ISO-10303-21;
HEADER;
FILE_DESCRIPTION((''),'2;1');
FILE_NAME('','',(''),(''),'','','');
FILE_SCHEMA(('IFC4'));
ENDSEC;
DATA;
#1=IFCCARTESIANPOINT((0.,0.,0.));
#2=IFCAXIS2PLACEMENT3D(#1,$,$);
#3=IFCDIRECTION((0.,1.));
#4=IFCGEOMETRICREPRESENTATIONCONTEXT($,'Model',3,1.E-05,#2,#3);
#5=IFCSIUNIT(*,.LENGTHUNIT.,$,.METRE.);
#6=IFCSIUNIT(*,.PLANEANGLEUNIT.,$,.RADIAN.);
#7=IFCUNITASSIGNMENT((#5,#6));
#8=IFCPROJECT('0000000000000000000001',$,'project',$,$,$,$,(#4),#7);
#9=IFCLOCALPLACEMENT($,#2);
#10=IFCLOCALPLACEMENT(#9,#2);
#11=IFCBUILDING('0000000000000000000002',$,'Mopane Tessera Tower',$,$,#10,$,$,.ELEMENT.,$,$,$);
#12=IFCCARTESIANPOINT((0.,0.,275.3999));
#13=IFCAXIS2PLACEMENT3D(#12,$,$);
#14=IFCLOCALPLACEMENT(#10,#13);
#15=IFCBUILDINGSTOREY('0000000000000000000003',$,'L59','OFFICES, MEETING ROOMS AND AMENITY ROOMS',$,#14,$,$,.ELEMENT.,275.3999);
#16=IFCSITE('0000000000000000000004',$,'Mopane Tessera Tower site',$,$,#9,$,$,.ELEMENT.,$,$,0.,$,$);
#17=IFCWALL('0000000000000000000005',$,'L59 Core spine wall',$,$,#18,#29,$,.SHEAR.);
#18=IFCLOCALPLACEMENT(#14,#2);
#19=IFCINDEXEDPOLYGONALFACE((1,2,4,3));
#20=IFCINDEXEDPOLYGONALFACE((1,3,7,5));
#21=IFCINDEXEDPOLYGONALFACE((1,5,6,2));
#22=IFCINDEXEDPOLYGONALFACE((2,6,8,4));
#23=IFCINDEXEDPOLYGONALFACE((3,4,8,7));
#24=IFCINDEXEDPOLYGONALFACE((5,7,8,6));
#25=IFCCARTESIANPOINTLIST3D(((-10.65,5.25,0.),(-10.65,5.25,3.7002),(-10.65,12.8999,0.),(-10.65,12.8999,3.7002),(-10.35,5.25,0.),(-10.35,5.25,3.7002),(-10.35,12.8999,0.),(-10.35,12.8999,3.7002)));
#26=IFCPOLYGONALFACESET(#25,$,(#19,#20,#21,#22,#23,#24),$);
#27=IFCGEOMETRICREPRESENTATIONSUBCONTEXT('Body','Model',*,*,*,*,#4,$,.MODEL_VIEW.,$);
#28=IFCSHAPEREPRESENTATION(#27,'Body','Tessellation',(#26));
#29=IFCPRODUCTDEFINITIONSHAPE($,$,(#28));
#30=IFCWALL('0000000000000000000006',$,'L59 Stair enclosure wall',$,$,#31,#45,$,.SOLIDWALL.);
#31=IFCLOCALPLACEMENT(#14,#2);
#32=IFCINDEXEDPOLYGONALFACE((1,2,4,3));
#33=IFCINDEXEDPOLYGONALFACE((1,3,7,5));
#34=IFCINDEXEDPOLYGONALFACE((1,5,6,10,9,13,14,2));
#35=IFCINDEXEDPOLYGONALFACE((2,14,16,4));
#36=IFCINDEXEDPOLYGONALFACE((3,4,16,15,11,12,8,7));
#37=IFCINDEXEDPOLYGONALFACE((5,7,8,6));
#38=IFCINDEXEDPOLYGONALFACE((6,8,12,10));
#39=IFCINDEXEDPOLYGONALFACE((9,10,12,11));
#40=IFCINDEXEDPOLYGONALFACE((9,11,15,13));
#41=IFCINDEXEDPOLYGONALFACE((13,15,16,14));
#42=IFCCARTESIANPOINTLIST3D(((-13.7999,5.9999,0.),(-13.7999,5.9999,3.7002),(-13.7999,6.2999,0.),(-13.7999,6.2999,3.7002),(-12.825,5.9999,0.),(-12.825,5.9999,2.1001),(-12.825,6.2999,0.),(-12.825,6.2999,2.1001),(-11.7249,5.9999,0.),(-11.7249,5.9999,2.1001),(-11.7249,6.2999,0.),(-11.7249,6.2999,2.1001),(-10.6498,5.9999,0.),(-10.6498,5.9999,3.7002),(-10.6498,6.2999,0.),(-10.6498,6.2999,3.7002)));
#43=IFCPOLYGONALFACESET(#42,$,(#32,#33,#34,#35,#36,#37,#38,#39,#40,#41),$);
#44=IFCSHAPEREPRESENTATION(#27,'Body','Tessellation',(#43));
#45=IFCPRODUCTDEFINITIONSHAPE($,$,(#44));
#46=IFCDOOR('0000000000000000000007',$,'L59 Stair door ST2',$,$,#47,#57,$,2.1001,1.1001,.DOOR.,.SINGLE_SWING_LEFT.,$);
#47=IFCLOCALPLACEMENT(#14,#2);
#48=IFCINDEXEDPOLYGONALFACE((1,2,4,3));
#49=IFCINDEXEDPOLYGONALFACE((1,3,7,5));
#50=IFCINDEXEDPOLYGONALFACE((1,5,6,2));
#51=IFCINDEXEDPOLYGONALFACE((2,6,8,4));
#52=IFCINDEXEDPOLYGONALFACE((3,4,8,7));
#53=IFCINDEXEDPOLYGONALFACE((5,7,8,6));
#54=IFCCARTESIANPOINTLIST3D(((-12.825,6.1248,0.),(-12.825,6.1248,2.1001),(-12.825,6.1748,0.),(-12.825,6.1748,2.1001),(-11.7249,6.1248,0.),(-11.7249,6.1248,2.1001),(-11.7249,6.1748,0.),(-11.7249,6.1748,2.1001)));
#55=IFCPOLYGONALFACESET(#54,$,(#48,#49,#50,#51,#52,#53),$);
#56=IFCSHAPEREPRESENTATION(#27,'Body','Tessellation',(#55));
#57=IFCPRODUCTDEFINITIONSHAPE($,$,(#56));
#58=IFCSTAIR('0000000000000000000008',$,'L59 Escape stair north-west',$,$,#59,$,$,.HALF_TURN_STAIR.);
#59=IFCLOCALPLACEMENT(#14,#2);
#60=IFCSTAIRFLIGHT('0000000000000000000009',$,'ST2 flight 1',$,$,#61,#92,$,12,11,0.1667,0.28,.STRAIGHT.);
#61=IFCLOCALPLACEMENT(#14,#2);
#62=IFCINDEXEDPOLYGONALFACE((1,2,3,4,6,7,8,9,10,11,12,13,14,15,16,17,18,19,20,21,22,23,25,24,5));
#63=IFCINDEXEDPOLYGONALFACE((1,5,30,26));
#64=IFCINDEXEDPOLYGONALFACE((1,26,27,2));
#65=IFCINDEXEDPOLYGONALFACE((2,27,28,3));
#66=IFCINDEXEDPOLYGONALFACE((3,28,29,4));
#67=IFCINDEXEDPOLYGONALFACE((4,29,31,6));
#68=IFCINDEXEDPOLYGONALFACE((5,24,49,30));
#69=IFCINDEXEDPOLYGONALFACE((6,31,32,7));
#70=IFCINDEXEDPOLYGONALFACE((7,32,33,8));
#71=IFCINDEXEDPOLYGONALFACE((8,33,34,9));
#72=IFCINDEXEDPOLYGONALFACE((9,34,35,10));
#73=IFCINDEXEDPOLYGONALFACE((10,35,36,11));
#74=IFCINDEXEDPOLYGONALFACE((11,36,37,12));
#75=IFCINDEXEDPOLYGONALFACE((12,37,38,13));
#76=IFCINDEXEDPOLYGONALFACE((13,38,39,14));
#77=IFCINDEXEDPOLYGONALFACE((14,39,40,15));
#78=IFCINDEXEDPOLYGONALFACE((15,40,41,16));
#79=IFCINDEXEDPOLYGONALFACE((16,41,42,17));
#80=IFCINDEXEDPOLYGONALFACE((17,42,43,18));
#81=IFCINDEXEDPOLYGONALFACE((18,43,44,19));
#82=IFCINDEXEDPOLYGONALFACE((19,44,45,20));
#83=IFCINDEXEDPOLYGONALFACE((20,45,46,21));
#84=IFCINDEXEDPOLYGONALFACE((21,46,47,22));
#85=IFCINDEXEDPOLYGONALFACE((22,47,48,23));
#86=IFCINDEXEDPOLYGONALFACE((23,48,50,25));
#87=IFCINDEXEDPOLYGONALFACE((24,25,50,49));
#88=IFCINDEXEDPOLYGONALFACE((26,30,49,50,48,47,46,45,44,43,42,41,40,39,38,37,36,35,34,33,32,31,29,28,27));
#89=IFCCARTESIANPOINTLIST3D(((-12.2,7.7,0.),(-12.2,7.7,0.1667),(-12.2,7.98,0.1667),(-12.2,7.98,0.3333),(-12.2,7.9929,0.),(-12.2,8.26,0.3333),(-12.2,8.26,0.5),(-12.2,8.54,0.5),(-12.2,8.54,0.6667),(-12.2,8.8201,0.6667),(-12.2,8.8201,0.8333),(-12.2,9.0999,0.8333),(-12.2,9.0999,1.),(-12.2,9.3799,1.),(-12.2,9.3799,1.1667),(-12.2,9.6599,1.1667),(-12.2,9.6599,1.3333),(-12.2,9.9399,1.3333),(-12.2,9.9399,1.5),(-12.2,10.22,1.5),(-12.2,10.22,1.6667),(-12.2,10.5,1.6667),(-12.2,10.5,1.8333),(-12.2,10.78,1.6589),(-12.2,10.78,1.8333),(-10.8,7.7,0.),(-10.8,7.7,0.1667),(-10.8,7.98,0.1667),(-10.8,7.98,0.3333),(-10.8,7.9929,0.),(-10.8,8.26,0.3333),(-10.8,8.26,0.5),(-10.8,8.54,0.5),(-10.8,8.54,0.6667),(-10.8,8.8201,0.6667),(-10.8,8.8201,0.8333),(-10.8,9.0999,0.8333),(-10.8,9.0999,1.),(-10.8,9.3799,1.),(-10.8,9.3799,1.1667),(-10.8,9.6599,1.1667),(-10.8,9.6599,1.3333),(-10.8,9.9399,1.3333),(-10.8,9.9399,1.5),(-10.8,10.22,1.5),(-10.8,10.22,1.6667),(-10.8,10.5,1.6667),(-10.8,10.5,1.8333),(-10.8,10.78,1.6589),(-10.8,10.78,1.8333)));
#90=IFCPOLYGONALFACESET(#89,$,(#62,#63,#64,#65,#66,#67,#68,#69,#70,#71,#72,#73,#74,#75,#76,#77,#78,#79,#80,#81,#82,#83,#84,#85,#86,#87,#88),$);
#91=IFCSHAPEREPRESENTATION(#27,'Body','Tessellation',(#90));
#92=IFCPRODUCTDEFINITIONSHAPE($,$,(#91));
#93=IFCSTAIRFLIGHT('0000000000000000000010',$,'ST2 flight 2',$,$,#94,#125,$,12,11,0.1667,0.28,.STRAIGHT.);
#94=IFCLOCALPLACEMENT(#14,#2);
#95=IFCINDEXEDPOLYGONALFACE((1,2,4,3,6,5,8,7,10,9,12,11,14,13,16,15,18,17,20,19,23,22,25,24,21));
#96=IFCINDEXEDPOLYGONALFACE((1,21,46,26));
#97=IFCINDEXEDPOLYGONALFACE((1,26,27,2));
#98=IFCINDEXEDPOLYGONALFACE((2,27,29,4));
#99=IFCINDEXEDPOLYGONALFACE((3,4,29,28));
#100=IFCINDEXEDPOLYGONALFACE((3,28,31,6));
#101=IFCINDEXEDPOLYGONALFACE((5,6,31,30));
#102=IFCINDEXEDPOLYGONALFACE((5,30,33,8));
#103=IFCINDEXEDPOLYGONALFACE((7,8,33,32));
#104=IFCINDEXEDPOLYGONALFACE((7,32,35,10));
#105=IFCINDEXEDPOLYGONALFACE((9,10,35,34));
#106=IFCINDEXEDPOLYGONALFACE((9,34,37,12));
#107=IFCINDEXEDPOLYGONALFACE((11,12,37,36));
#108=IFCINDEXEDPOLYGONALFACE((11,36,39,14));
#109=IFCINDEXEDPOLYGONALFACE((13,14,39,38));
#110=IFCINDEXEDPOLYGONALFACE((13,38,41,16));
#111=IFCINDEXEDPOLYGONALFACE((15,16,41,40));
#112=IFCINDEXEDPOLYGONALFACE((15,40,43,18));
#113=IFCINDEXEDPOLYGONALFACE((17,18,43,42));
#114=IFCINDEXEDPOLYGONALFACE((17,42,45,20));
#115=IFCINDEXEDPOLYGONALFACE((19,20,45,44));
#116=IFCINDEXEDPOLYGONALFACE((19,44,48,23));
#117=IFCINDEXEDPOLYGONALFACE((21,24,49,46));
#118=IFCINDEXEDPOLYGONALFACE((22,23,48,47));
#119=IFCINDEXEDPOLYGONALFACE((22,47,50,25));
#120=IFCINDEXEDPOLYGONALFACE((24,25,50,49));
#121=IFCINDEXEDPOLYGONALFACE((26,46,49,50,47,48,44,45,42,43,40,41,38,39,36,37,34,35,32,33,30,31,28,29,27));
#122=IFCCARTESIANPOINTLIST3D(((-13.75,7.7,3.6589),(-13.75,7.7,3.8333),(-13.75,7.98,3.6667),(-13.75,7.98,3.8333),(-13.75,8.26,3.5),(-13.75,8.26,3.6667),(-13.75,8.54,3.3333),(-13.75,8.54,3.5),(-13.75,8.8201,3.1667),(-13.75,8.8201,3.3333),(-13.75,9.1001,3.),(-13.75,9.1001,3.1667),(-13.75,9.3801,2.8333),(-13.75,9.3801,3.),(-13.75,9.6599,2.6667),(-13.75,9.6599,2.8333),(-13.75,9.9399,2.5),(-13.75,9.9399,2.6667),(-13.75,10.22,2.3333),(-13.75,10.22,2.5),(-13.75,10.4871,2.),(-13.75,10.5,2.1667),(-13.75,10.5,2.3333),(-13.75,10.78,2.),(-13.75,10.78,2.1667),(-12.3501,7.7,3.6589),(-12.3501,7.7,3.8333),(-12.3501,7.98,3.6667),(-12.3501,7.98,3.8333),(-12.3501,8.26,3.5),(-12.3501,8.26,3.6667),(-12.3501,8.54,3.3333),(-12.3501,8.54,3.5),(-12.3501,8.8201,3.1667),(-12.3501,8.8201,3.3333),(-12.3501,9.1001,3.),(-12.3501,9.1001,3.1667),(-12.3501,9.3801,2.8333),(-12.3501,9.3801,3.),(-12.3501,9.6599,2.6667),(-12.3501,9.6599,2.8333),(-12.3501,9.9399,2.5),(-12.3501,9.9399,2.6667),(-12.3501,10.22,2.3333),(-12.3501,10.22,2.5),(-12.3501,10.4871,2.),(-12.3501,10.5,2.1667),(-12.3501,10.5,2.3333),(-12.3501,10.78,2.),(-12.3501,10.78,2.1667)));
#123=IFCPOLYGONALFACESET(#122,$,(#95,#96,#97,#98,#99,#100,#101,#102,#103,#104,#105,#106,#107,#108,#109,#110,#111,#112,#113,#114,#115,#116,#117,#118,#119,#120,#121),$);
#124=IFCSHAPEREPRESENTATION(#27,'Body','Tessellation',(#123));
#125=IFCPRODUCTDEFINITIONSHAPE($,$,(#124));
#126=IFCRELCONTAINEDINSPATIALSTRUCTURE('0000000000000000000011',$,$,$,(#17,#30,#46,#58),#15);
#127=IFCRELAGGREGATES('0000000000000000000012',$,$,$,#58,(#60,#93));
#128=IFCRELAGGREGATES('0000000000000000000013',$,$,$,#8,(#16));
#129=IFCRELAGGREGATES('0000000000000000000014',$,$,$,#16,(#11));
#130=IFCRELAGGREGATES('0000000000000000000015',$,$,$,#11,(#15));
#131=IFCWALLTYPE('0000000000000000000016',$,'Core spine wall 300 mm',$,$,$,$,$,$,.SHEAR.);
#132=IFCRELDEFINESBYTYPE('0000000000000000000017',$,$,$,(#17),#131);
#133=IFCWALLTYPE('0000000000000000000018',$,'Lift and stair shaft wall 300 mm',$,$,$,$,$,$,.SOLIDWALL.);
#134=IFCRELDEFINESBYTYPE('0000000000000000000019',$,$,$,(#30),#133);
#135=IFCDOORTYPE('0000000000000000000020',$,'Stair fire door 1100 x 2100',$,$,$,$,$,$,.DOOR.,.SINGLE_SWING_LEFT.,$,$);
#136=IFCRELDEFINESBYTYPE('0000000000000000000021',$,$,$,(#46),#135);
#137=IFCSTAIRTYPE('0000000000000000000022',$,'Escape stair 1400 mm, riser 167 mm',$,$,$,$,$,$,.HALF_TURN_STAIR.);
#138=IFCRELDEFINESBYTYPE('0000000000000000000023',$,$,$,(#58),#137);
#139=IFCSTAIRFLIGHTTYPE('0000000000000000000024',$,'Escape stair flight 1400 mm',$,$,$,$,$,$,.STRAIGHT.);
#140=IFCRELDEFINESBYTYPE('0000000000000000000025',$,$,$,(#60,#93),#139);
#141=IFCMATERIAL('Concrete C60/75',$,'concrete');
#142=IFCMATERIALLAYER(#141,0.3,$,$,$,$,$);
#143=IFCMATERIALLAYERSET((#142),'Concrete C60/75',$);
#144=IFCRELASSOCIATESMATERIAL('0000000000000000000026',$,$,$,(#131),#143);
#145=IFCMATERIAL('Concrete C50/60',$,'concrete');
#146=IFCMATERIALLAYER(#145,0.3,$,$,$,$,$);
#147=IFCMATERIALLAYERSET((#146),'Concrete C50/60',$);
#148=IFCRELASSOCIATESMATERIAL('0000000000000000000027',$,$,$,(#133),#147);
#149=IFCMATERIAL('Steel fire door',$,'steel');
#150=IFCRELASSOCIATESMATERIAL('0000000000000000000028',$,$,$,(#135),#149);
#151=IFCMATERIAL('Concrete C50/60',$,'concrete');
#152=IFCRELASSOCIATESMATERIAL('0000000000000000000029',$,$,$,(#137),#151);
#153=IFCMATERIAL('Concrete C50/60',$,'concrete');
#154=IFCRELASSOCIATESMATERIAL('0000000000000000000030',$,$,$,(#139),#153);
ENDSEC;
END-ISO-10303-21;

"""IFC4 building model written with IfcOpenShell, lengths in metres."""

from ifc_helpers import new_model, si_unit, direction, frame, frame_2d, origin, place, context, subcontext, project, spatial, polyline, rectangle, outline, extrude, material, layer, layer_set, type_object, element, fill, aggregate, save


model = new_model("IFC4")

# Units and contexts
model_context = context("Model", 3, precision=1e-05, world=origin(), true_north=direction((0.0, 1.0)))
body_context = subcontext(model_context, "Body", "Model", "MODEL_VIEW")
ifc_project = project(units=[si_unit("LENGTHUNIT", "METRE"), si_unit("PLANEANGLEUNIT", "RADIAN")], contexts=[model_context])

# Site, building, storey
site_placement = place(None, origin())
site = spatial("IfcSite", under=ifc_project, at=site_placement, Name="Mopane Tessera Tower site", CompositionType="ELEMENT", RefElevation=0.0)
building_placement = place(site_placement, origin())
building = spatial("IfcBuilding", under=site, at=building_placement, Name="Mopane Tessera Tower", CompositionType="ELEMENT")
storey_placement = place(building_placement, frame((0.0, 0.0, 275.3999)))
storey = spatial("IfcBuildingStorey", under=building, at=storey_placement, Name="L59", Description="OFFICES, MEETING ROOMS AND AMENITY ROOMS", CompositionType="ELEMENT", Elevation=275.3999)

# Wall
ifc_material_1 = material(Name="Concrete C60/75", Category="concrete")
ifc_layer_1 = layer(ifc_material_1, 0.3)
ifc_layer_set_1 = layer_set([ifc_layer_1], Name="Concrete C60/75")
wall_type_1 = type_object("IfcWallType", Name="Core spine wall 300 mm", PredefinedType="SHEAR", material=ifc_layer_set_1)
wall_1_placement = place(storey_placement, frame((-10.5, 5.25, 0.0), z_axis=(0.0, 0.0, 1.0), x_axis=(0.0, 1.0, 0.0)))
element("IfcWall", 1, at=wall_1_placement, inside=storey, type_object=wall_type_1, Name="L59 Core spine wall", PredefinedType="SHEAR", context=body_context, shape_type="SweptSolid", body=[
    extrude(rectangle(XDim=7.6499, YDim=0.3, at=frame_2d((3.825, 0.0))), origin(), (0.0, 0.0, 1.0), 3.7002),
])

# Wall, opening, door
ifc_material_2 = material(Name="Concrete C50/60", Category="concrete")
ifc_layer_2 = layer(ifc_material_2, 0.3)
ifc_layer_set_2 = layer_set([ifc_layer_2], Name="Concrete C50/60")
wall_type_2 = type_object("IfcWallType", Name="Lift and stair shaft wall 300 mm", PredefinedType="SOLIDWALL", material=ifc_layer_set_2)
wall_2_placement = place(storey_placement, frame((-13.8, 6.1499, 0.0), z_axis=(0.0, 0.0, 1.0), x_axis=(1.0, 0.0, 0.0)))
wall_2 = element("IfcWall", 2, at=wall_2_placement, inside=storey, type_object=wall_type_2, Name="L59 Stair enclosure wall", PredefinedType="SOLIDWALL", context=body_context, shape_type="SweptSolid", body=[
    extrude(rectangle(XDim=3.1501, YDim=0.3, at=frame_2d((1.5752, 0.0))), origin(), (0.0, 0.0, 1.0), 3.7002),
])
opening_placement = place(wall_2_placement, frame((0.9751, 0.0, 0.0)))
opening = element("IfcOpeningElement", 3, at=opening_placement, cuts=wall_2, PredefinedType="OPENING", context=body_context, shape_type="SweptSolid", body=[
    extrude(rectangle(XDim=1.1001, YDim=2.1001, at=frame_2d((0.55, 1.05))), frame((0.0, 0.1621, 0.0), z_axis=(0.0, -1.0, 0.0), x_axis=(1.0, 0.0, 0.0)), (0.0, 0.0, 1.0), 0.324),
])
ifc_material_3 = material(Name="Steel fire door", Category="steel")
door_type = type_object("IfcDoorType", Name="Stair fire door 1100 x 2100", OperationType="SINGLE_SWING_LEFT", PredefinedType="DOOR", material=ifc_material_3)
door_placement = place(opening_placement, origin())
door = element("IfcDoor", 4, at=door_placement, inside=storey, type_object=door_type, Name="L59 Stair door ST2", OperationType="SINGLE_SWING_LEFT", OverallHeight=2.1001, OverallWidth=1.1001, PredefinedType="DOOR", context=body_context, shape_type="SweptSolid", body=[
    extrude(rectangle(XDim=1.1001, YDim=2.1001, at=frame_2d((0.55, 1.05))), frame((0.0, 0.0249, 0.0), z_axis=(0.0, -1.0, 0.0), x_axis=(1.0, 0.0, 0.0)), (0.0, 0.0, 1.0), 0.05),
])
fill(opening, door)

# Stair, stair flights
ifc_material_4 = material(Name="Concrete C50/60", Category="concrete")
stair_type = type_object("IfcStairType", Name="Escape stair 1400 mm, riser 167 mm", PredefinedType="HALF_TURN_STAIR", material=ifc_material_4)
stair_placement = place(storey_placement, origin())
stair = element("IfcStair", 5, at=stair_placement, inside=storey, type_object=stair_type, Name="L59 Escape stair north-west", PredefinedType="HALF_TURN_STAIR")
ifc_material_5 = material(Name="Concrete C50/60", Category="concrete")
stair_flight_type = type_object("IfcStairFlightType", Name="Escape stair flight 1400 mm", PredefinedType="STRAIGHT", material=ifc_material_5)
stair_flight_1_placement = place(storey_placement, frame((-11.5, 7.7, 0.0), z_axis=(0.0, 0.0, 1.0), x_axis=(0.0, 1.0, 0.0)))
stair_flight_1 = element("IfcStairFlight", 6, at=stair_flight_1_placement, type_object=stair_flight_type, Name="ST2 flight 1", NumberOfRisers=12, NumberOfTreads=11, PredefinedType="STRAIGHT", RiserHeight=0.1667, TreadLength=0.28, context=body_context, shape_type="SweptSolid", body=[
    extrude(outline(polyline([(0.0, 0.0), (0.0, 0.1667), (0.28, 0.1667), (0.28, 0.3333), (0.5601, 0.3333), (0.5601, 0.5), (0.8401, 0.5), (0.8401, 0.6667), (1.1201, 0.6667), (1.1201, 0.8333), (1.3999, 0.8333), (1.3999, 1.0), (1.6799, 1.0), (1.6799, 1.1667), (1.96, 1.1667), (1.96, 1.3333), (2.24, 1.3333), (2.24, 1.5), (2.52, 1.5), (2.52, 1.6667), (2.8, 1.6667), (2.8, 1.8333), (3.0801, 1.8333), (3.0801, 2.0), (3.0801, 1.6589), (0.293, 0.0), (0.0, 0.0)])), frame((0.0, 0.7, 0.0), z_axis=(0.0, -1.0, 0.0), x_axis=(1.0, 0.0, 0.0)), (0.0, 0.0, 1.0), 1.3999),
])
stair_flight_2_placement = place(storey_placement, frame((-13.05, 10.78, 2.0), z_axis=(0.0, 0.0, 1.0), x_axis=(0.0, -1.0, 0.0)))
stair_flight_2 = element("IfcStairFlight", 7, at=stair_flight_2_placement, type_object=stair_flight_type, Name="ST2 flight 2", NumberOfRisers=12, NumberOfTreads=11, PredefinedType="STRAIGHT", RiserHeight=0.1667, TreadLength=0.28, context=body_context, shape_type="SweptSolid", body=[
    extrude(outline(polyline([(0.0, 0.0), (0.0, 0.1667), (0.28, 0.1667), (0.28, 0.3333), (0.5601, 0.3333), (0.5601, 0.5), (0.8401, 0.5), (0.8401, 0.6667), (1.1201, 0.6667), (1.1201, 0.8333), (1.3999, 0.8333), (1.3999, 1.0), (1.6799, 1.0), (1.6799, 1.1667), (1.96, 1.1667), (1.96, 1.3333), (2.24, 1.3333), (2.24, 1.5), (2.52, 1.5), (2.52, 1.6667), (2.8, 1.6667), (2.8, 1.8333), (3.0801, 1.8333), (3.0801, 2.0), (3.0801, 1.6589), (0.293, 0.0), (0.0, 0.0)])), frame((0.0, 0.7, 0.0), z_axis=(0.0, -1.0, 0.0), x_axis=(1.0, 0.0, 0.0)), (0.0, 0.0, 1.0), 1.3999),
])
aggregate(stair, [stair_flight_1, stair_flight_2])

save(model, "model.ifc")
